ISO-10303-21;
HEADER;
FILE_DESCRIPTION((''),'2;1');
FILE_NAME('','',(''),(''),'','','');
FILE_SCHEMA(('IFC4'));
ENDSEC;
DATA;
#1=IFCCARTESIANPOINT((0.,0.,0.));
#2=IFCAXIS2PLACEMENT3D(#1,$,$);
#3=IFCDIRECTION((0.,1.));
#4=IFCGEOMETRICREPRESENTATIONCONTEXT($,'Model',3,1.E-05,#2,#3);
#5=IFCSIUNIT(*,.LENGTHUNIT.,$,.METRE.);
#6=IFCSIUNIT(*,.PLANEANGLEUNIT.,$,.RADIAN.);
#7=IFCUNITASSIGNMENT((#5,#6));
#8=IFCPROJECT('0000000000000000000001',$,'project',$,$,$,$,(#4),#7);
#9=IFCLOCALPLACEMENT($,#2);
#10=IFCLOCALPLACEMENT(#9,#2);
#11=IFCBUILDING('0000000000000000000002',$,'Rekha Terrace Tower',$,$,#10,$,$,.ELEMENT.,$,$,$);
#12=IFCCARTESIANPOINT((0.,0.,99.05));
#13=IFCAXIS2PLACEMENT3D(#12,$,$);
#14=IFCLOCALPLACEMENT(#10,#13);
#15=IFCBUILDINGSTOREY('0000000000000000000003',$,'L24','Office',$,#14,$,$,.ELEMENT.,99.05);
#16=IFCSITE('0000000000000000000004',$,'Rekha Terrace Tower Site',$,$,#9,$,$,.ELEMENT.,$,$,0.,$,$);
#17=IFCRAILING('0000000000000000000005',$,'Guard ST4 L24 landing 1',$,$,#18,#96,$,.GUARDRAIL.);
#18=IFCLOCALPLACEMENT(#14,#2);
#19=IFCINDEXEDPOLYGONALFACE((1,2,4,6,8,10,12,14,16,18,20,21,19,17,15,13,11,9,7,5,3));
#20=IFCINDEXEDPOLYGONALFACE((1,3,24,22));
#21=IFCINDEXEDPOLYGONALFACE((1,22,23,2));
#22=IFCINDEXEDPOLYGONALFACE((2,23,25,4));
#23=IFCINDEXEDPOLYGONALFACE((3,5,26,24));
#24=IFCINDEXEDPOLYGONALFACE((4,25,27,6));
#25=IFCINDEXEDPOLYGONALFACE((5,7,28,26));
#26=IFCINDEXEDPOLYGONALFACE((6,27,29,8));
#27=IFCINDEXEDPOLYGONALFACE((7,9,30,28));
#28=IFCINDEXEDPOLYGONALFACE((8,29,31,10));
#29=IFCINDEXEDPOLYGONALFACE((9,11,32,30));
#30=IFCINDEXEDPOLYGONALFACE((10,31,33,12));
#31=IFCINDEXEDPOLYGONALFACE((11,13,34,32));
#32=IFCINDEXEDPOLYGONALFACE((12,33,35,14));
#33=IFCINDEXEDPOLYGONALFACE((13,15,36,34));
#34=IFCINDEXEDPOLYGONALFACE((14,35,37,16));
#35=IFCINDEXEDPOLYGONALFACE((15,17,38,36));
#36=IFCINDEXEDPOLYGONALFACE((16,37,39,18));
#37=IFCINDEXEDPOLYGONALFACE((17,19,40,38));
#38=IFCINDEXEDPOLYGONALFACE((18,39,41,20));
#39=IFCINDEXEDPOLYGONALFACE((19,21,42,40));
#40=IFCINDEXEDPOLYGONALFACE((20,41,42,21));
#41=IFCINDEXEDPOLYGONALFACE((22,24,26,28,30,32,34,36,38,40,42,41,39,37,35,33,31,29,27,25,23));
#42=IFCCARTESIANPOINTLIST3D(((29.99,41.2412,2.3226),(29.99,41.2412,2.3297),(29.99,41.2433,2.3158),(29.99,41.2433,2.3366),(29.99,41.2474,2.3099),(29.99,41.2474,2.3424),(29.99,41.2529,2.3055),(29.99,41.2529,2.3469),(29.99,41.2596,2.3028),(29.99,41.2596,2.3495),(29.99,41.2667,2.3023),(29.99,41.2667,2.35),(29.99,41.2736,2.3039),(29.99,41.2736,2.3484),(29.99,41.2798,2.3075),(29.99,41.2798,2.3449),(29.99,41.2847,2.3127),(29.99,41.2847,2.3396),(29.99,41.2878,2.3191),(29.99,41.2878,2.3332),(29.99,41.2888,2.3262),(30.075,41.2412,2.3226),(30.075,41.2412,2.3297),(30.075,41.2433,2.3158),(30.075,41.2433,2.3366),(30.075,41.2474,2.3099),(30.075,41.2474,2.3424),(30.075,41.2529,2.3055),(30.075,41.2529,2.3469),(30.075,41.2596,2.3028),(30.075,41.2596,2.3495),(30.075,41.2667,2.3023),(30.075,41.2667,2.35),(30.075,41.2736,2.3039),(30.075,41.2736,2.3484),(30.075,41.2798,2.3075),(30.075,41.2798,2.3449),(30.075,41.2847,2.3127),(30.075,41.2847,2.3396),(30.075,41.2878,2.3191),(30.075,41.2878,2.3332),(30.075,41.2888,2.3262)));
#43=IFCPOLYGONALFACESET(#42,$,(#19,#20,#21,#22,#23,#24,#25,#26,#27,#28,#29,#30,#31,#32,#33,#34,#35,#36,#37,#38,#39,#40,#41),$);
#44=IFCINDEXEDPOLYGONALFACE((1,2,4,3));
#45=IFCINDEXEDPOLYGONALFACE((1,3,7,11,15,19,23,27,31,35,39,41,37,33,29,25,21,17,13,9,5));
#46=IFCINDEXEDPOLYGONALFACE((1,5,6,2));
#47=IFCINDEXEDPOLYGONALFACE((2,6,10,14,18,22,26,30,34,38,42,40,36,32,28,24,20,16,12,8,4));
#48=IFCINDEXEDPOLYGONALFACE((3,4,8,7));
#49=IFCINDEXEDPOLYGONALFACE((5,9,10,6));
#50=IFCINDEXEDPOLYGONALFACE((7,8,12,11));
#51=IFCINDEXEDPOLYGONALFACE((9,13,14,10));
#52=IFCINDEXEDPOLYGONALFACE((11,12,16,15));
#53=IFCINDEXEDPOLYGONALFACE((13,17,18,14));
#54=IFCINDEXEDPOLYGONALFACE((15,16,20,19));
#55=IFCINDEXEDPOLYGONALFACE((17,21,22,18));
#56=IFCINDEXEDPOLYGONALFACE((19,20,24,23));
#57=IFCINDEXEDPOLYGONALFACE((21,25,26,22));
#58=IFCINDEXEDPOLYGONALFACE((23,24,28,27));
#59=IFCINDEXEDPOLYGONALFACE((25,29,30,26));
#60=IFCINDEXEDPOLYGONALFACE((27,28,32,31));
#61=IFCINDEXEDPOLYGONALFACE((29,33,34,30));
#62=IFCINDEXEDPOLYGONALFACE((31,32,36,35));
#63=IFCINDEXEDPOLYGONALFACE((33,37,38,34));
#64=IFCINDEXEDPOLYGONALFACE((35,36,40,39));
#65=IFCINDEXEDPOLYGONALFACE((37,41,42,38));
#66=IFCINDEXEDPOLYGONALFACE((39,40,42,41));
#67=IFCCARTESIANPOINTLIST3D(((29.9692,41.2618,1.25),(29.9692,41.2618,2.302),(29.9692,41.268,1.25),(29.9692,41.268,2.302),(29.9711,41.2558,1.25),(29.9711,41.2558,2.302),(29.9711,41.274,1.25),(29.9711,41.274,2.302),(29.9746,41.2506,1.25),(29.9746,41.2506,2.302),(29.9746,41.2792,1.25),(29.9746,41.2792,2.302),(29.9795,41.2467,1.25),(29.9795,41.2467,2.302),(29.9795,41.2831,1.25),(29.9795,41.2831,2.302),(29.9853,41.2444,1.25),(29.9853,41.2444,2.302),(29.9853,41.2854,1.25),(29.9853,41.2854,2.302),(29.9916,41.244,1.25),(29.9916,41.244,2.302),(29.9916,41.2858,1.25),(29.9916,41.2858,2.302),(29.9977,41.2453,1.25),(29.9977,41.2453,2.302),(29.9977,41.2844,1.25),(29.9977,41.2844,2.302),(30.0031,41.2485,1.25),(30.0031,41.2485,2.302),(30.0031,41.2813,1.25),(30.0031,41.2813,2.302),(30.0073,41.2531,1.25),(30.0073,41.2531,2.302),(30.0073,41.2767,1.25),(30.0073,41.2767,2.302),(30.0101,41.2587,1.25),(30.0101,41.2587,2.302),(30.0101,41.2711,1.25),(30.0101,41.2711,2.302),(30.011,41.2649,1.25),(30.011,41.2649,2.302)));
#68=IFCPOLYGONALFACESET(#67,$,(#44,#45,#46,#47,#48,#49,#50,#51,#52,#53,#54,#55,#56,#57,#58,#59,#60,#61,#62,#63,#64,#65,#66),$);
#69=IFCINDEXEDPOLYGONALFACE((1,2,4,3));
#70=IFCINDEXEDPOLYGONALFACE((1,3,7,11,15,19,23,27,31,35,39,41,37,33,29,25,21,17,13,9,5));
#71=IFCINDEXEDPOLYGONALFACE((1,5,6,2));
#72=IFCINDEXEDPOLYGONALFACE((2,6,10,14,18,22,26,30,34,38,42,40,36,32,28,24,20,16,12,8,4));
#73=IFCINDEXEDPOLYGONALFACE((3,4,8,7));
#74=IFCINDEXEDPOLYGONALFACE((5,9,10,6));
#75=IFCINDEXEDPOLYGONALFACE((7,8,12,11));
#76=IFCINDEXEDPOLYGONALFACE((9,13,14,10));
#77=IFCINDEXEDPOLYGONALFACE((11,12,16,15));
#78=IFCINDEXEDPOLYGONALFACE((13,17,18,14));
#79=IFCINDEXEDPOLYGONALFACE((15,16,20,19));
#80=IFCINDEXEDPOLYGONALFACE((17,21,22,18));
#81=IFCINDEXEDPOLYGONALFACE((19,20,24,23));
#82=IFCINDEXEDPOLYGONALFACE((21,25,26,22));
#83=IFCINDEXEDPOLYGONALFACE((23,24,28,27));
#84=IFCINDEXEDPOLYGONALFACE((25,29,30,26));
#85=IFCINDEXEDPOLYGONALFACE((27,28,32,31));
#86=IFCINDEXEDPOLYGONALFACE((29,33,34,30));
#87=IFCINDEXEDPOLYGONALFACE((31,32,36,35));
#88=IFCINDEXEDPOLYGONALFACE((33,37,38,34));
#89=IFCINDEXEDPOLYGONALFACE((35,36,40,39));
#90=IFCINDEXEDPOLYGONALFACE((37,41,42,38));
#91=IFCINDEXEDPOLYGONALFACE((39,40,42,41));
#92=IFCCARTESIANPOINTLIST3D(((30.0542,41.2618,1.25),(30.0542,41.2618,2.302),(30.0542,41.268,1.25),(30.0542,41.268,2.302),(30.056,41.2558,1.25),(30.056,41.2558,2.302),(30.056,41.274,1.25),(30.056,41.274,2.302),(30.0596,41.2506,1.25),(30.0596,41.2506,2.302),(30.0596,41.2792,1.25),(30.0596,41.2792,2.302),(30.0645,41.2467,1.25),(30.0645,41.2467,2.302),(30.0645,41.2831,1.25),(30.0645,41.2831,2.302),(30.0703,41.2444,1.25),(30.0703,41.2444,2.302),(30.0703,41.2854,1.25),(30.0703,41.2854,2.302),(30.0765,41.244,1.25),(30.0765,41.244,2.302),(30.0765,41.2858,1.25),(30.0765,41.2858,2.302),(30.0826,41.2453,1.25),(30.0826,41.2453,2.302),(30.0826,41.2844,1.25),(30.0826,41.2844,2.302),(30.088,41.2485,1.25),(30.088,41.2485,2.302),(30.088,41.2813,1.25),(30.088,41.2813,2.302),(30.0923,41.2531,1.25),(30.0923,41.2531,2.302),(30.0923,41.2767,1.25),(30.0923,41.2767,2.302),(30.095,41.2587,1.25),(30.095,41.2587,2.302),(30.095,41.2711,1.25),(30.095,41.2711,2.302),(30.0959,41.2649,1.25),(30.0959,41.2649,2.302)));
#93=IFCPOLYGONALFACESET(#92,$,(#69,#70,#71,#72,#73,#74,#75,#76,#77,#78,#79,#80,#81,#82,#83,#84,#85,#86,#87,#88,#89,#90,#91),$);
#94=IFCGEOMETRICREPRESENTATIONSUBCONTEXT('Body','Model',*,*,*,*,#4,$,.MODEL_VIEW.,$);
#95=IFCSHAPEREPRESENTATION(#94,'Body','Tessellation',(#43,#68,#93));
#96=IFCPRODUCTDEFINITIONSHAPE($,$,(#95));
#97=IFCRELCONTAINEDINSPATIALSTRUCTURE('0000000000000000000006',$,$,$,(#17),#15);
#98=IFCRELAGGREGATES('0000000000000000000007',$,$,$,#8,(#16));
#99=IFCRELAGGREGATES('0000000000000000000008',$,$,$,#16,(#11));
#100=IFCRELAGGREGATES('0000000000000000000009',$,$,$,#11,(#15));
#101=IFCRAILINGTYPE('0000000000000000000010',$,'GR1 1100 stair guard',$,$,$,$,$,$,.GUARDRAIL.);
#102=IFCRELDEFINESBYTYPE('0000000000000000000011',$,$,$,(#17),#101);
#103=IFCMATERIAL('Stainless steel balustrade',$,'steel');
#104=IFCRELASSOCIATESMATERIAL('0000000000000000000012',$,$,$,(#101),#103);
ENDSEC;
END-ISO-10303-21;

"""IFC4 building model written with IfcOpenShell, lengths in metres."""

from ifc_helpers import new_model, si_unit, direction, frame, origin, origin_2d, place, context, subcontext, project, spatial, circle, extrude, material, type_object, element, save


model = new_model("IFC4")

# Units and contexts
model_context = context("Model", 3, precision=1e-05, world=origin(), true_north=direction((0.0, 1.0)))
body_context = subcontext(model_context, "Body", "Model", "MODEL_VIEW")
ifc_project = project(units=[si_unit("LENGTHUNIT", "METRE"), si_unit("PLANEANGLEUNIT", "RADIAN")], contexts=[model_context])

# Site, building, storey
site_placement = place(None, origin())
site = spatial("IfcSite", under=ifc_project, at=site_placement, Name="Rekha Terrace Tower Site", CompositionType="ELEMENT", RefElevation=0.0)
building_placement = place(site_placement, origin())
building = spatial("IfcBuilding", under=site, at=building_placement, Name="Rekha Terrace Tower", CompositionType="ELEMENT")
storey_placement = place(building_placement, frame((0.0, 0.0, 99.05)))
storey = spatial("IfcBuildingStorey", under=building, at=storey_placement, Name="L24", Description="Office", CompositionType="ELEMENT", Elevation=99.05)

# Railing
ifc_material_1 = material(Name="Stainless steel balustrade", Category="steel")
railing_type_1 = type_object("IfcRailingType", Name="GR1 1100 stair guard", PredefinedType="GUARDRAIL", material=ifc_material_1)
railing_1_placement = place(storey_placement, frame((29.99, 41.2649, 1.25)))
element("IfcRailing", 1, at=railing_1_placement, inside=storey, type_object=railing_type_1, Name="Guard ST4 L24 landing 1", PredefinedType="GUARDRAIL", context=body_context, shape_type="SweptSolid", body=[
    extrude(circle(Radius=0.0239, at=origin_2d()), frame((0.0, 0.0, 1.0762), z_axis=(1.0, 0.0, 0.0), x_axis=(0.0, 1.0, 0.0)), (0.0, 0.0, 1.0), 0.085),
    extrude(circle(Radius=0.021, at=origin_2d()), origin(), (0.0, 0.0, 1.0), 1.052),
    extrude(circle(Radius=0.021, at=origin_2d()), frame((0.085, 0.0, 0.0)), (0.0, 0.0, 1.0), 1.052),
])

save(model, "model.ifc")
